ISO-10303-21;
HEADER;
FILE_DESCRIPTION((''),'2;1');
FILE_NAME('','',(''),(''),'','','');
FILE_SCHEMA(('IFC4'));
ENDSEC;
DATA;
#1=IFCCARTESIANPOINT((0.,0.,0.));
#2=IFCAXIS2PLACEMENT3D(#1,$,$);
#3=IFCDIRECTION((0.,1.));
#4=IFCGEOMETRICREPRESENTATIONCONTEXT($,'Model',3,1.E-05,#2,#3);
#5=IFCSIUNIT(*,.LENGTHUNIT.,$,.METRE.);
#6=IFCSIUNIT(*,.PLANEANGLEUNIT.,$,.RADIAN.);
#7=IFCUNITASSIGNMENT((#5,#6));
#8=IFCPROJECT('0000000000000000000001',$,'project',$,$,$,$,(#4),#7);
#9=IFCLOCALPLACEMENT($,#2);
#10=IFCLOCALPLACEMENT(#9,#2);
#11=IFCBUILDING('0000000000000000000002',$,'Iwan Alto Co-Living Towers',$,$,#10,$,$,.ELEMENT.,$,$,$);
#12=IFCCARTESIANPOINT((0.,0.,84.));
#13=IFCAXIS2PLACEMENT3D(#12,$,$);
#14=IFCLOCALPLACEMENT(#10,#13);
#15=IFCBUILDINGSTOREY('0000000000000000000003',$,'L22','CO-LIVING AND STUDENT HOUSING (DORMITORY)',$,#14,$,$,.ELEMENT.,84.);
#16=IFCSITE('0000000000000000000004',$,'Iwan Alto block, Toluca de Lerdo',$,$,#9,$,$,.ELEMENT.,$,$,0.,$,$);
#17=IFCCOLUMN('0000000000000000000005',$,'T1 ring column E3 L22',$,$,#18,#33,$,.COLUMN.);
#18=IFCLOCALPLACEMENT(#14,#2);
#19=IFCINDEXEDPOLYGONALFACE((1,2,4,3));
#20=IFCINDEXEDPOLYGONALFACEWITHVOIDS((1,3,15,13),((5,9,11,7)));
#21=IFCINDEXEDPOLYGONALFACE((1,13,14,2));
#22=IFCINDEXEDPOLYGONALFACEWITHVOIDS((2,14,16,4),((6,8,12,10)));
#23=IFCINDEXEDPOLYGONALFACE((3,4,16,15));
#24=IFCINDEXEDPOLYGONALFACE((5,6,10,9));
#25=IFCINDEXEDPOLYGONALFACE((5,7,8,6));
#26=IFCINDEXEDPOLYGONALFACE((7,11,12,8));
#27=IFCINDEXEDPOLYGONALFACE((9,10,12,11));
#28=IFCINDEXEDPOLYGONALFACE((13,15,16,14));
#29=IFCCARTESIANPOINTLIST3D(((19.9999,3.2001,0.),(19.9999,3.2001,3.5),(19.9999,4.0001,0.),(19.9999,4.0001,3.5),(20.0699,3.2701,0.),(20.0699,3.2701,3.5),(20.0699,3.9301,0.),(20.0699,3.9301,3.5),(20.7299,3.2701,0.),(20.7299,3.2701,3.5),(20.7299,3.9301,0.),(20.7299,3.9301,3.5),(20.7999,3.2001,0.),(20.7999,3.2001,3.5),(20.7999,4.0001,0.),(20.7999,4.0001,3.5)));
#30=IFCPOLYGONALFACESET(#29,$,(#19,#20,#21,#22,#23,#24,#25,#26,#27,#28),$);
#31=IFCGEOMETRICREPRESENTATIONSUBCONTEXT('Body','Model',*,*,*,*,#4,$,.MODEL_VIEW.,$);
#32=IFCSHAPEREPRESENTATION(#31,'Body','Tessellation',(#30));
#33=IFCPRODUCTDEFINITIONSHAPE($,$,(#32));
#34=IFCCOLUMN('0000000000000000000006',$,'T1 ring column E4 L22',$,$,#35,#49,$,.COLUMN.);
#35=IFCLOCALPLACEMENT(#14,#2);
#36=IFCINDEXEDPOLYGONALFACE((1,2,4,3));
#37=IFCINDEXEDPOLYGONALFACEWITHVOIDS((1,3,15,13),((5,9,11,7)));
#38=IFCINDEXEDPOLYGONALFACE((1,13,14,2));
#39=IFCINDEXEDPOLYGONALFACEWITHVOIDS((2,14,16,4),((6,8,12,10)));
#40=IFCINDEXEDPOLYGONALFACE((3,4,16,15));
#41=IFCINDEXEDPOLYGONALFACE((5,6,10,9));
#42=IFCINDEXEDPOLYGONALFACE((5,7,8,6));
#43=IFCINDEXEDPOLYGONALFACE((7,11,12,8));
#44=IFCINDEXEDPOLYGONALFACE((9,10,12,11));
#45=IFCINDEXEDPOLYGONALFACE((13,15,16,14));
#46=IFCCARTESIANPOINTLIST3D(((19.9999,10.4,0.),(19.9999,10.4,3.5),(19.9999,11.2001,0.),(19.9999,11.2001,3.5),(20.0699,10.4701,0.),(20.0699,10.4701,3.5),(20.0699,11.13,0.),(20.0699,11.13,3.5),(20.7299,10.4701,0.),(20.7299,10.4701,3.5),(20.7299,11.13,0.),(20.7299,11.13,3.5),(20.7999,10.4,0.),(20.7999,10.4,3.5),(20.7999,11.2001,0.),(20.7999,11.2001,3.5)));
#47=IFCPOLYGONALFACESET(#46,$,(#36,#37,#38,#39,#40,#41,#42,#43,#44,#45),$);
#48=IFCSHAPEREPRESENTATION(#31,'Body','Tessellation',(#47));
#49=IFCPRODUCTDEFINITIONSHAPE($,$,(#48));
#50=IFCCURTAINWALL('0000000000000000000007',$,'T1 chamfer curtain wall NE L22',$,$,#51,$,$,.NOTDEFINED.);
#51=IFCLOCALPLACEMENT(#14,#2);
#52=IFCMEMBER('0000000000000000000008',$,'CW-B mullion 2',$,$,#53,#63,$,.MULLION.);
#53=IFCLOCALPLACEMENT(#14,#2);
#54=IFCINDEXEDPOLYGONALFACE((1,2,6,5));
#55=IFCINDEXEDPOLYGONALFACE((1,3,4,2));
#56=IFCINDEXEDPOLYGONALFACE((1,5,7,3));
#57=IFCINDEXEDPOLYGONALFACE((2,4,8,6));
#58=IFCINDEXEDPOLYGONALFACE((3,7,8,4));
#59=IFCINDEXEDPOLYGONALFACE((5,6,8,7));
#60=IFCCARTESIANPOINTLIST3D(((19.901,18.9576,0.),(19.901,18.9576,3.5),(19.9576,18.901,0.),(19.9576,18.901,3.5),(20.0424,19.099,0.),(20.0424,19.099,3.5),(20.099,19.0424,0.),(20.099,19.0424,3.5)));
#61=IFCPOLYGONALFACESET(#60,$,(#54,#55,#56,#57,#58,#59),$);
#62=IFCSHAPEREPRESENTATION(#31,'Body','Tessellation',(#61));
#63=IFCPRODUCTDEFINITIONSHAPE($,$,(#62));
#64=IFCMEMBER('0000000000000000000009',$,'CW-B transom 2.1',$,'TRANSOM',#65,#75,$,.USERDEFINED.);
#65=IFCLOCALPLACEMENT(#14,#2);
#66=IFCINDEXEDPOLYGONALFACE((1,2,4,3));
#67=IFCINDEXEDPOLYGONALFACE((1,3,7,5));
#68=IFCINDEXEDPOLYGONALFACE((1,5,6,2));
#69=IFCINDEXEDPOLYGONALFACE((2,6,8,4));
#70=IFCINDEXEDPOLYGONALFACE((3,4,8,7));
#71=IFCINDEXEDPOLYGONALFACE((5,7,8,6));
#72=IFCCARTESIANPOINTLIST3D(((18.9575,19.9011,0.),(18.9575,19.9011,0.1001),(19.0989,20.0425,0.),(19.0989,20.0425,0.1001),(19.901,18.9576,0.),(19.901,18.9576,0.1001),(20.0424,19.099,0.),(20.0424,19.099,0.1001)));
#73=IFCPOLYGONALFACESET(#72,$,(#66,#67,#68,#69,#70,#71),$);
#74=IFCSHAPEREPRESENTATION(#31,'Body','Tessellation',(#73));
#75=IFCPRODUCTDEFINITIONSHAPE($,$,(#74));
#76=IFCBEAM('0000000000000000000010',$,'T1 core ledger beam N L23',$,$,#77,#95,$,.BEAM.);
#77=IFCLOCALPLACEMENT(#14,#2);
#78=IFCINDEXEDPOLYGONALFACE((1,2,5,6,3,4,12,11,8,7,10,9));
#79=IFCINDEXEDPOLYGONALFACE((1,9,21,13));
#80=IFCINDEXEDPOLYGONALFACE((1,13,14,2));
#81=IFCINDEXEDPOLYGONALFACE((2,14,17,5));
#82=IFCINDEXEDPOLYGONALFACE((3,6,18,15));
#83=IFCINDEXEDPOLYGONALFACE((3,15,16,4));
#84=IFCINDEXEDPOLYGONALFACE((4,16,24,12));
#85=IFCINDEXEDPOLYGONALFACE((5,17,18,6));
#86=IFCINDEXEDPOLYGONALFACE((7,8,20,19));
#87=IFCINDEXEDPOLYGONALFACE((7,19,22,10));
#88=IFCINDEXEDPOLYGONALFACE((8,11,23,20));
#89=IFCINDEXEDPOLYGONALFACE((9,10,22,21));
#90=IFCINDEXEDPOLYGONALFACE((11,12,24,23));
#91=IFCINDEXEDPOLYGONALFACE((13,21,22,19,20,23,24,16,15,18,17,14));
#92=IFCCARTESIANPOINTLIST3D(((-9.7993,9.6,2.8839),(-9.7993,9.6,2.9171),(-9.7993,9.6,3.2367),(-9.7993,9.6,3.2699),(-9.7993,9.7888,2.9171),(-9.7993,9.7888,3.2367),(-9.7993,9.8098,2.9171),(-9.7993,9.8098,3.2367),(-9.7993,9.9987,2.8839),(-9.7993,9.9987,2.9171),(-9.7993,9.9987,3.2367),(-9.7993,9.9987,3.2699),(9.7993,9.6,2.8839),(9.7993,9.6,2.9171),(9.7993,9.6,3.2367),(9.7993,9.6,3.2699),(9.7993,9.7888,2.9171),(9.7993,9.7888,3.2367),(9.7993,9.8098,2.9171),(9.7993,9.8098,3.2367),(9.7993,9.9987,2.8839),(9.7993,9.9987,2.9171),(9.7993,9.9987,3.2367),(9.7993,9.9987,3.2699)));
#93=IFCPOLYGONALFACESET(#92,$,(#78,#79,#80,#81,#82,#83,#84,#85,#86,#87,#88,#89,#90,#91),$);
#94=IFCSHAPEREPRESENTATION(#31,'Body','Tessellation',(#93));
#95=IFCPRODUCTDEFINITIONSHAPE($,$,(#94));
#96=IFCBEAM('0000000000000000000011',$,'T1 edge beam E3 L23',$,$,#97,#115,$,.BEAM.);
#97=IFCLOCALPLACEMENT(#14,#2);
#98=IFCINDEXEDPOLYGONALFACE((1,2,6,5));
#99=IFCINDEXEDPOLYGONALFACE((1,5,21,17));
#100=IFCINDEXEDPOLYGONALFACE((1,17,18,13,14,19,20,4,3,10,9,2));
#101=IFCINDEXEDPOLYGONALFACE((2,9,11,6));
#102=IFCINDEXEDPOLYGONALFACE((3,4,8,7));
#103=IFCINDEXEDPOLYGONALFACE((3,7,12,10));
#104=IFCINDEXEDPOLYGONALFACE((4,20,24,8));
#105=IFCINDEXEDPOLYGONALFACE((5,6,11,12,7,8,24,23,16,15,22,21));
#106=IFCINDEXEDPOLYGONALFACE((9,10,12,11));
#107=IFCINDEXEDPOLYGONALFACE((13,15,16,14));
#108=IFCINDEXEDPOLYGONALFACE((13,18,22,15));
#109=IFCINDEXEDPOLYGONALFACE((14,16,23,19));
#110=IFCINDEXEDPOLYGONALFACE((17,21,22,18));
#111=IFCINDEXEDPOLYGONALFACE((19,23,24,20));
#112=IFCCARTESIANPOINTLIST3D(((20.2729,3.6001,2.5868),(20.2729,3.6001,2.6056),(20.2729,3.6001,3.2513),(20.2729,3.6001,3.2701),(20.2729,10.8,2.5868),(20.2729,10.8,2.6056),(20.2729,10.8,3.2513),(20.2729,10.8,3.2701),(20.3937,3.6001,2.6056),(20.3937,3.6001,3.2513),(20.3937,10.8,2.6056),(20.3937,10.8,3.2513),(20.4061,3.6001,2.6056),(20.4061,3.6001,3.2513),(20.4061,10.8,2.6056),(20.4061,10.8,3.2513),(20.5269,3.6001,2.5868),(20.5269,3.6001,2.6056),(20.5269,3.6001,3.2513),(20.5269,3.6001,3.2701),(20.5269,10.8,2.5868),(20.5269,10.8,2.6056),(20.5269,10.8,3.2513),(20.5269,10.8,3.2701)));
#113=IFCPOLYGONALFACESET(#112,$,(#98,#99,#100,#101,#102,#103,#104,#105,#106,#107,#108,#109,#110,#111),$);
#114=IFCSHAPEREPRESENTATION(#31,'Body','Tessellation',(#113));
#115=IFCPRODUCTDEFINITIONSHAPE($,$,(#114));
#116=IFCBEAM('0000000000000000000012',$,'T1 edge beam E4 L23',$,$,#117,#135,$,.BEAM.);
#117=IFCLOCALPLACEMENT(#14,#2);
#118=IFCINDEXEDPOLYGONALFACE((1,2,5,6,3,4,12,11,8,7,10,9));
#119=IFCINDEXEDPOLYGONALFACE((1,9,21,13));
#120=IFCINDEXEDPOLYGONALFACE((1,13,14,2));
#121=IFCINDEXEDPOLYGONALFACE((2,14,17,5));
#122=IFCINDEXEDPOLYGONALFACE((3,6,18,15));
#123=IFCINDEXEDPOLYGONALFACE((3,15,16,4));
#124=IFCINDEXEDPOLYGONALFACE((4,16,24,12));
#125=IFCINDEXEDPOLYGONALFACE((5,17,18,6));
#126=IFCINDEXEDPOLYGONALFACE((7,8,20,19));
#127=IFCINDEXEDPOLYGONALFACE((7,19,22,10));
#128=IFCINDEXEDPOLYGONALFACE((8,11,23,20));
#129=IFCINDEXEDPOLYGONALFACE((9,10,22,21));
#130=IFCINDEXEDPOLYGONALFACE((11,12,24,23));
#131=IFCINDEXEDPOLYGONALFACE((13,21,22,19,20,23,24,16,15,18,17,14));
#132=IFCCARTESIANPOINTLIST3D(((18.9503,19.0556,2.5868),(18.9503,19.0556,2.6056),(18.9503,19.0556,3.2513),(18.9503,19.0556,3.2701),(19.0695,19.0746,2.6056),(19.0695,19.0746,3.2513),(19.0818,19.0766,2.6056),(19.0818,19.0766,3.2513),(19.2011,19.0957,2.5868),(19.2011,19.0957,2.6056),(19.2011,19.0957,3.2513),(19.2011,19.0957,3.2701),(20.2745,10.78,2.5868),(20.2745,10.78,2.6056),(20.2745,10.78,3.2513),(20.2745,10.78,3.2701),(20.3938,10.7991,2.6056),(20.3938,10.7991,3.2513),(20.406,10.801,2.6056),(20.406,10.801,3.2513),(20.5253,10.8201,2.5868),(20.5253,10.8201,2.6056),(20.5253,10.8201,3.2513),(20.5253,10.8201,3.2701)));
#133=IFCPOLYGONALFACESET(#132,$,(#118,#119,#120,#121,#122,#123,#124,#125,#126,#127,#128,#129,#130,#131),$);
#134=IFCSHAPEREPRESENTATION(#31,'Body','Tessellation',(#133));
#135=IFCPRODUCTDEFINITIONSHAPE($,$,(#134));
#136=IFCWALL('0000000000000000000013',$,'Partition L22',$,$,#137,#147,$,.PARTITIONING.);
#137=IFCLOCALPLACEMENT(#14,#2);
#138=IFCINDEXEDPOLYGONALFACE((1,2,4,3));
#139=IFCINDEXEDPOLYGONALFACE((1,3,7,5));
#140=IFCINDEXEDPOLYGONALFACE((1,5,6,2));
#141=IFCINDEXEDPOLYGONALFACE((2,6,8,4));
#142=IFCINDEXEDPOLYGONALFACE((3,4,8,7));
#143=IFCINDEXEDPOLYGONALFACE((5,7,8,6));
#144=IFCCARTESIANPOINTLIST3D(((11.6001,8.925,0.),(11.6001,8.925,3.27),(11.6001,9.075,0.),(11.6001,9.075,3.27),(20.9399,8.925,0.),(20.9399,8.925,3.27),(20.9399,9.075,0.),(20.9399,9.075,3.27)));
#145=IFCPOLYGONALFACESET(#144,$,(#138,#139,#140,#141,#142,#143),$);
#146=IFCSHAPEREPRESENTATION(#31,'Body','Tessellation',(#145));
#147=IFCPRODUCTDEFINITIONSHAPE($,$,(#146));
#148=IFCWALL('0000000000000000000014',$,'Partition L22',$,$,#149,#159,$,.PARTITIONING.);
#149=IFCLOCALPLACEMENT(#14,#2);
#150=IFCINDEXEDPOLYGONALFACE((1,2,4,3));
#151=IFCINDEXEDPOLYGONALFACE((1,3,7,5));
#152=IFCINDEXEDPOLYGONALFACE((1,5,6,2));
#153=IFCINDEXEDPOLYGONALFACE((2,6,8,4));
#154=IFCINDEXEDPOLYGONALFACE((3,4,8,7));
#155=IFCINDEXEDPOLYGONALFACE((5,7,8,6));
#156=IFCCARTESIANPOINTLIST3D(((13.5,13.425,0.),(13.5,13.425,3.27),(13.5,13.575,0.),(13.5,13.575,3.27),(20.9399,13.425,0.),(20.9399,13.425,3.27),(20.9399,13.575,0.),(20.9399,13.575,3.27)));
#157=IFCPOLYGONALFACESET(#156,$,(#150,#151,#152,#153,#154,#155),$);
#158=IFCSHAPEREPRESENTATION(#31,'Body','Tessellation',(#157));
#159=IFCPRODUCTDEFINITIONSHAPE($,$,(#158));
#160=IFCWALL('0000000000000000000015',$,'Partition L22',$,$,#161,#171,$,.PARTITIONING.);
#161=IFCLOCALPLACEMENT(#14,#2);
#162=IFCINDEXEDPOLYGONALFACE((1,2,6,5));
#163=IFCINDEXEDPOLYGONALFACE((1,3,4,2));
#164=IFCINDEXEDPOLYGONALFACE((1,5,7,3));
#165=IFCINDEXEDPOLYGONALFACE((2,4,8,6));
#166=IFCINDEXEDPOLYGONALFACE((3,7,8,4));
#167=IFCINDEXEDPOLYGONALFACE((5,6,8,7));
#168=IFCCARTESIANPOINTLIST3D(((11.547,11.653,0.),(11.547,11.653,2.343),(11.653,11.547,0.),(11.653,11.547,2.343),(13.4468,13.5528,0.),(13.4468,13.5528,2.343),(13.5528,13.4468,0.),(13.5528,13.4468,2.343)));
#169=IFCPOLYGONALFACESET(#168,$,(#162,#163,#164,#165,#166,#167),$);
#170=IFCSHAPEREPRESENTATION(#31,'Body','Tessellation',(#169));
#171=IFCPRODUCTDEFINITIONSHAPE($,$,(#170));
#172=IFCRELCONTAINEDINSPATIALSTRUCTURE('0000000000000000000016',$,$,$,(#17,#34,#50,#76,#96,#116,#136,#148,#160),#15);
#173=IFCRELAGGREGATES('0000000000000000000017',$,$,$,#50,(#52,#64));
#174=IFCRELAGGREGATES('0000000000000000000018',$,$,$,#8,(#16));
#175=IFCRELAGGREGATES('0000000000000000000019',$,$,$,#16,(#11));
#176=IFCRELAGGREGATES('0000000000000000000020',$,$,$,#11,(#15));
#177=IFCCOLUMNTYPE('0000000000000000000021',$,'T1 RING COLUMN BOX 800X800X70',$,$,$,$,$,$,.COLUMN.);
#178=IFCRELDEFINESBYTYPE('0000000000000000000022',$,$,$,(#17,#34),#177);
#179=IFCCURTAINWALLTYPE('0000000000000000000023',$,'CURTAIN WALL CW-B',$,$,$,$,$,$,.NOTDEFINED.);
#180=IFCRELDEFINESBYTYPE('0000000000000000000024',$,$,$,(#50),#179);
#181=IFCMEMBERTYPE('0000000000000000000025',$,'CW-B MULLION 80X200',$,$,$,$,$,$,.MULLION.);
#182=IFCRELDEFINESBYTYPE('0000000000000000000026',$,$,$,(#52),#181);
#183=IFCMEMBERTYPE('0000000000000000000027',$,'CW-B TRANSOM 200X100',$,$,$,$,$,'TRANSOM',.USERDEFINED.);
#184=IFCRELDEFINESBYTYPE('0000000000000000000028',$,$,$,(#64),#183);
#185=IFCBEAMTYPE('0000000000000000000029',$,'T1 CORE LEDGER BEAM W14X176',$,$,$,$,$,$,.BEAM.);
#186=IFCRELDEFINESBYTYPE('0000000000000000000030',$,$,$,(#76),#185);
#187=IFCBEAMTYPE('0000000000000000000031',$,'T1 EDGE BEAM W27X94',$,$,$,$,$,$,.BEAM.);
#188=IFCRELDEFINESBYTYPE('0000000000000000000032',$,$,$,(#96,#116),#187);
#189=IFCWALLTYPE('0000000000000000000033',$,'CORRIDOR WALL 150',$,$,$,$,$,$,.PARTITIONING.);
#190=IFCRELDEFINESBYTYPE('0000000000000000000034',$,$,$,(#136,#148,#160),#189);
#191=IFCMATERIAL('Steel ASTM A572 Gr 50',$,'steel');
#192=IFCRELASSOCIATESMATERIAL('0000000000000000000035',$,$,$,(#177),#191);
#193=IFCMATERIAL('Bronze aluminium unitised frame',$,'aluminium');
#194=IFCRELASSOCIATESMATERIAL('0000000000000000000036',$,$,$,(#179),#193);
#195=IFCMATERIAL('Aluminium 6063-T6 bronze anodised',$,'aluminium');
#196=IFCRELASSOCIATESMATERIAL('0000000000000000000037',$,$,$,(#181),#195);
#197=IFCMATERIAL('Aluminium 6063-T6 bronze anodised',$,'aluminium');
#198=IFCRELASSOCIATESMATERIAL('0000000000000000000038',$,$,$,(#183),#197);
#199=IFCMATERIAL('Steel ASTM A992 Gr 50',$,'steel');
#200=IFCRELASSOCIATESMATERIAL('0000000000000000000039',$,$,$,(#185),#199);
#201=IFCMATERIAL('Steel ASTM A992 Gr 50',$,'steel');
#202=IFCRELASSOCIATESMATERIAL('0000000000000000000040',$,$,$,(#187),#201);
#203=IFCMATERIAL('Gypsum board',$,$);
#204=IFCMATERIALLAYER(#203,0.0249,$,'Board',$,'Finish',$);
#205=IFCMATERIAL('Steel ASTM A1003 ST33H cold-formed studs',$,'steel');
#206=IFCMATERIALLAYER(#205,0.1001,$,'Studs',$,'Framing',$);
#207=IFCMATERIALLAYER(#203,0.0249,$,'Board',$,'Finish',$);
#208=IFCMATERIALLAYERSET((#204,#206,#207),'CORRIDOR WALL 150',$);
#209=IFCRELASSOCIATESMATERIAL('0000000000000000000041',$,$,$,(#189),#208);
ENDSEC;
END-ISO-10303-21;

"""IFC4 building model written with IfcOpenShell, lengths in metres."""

from ifc_helpers import new_model, si_unit, direction, frame, frame_2d, origin, origin_2d, place, context, subcontext, project, spatial, rectangle, hollow_rectangle, i_section, extrude, material, layer, layer_set, material_profile, profile_set, type_object, element, aggregate, save


model = new_model("IFC4")

# Units and contexts
model_context = context("Model", 3, precision=1e-05, world=origin(), true_north=direction((0.0, 1.0)))
body_context = subcontext(model_context, "Body", "Model", "MODEL_VIEW")
ifc_project = project(units=[si_unit("LENGTHUNIT", "METRE"), si_unit("PLANEANGLEUNIT", "RADIAN")], contexts=[model_context])

# Site, building, storey
site_placement = place(None, origin())
site = spatial("IfcSite", under=ifc_project, at=site_placement, Name="Iwan Alto block, Toluca de Lerdo", CompositionType="ELEMENT", RefElevation=0.0)
building_placement = place(site_placement, origin())
building = spatial("IfcBuilding", under=site, at=building_placement, Name="Iwan Alto Co-Living Towers", CompositionType="ELEMENT")
storey_placement = place(building_placement, frame((0.0, 0.0, 84.0)))
storey = spatial("IfcBuildingStorey", under=building, at=storey_placement, Name="L22", Description="CO-LIVING AND STUDENT HOUSING (DORMITORY)", CompositionType="ELEMENT", Elevation=84.0)

# Columns
ifc_material_1 = material(Name="Steel ASTM A572 Gr 50", Category="steel")
ifc_material_profile_1 = material_profile(ifc_material_1, hollow_rectangle(XDim=0.8, YDim=0.8, WallThickness=0.0701, at=origin_2d()), Name="BOX 800X800X70")
ifc_profile_set_1 = profile_set([ifc_material_profile_1], Name="Steel ASTM A572 Gr 50")
column_type = type_object("IfcColumnType", Name="T1 RING COLUMN BOX 800X800X70", PredefinedType="COLUMN", material=ifc_profile_set_1)
for number, where, z_axis, x_axis, name in (
    (1, (20.3999, 3.6001, 0.0), (0.0, 0.0, 1.0), (1.0, 0.0, 0.0), "T1 ring column E3 L22"),
    (2, (20.3999, 10.8, 0.0), (0.0, 0.0, 1.0), (1.0, 0.0, 0.0), "T1 ring column E4 L22"),
):
    element("IfcColumn", number, at=place(storey_placement, frame(where, z_axis=z_axis, x_axis=x_axis)), inside=storey, type_object=column_type, Name=name, PredefinedType="COLUMN", context=body_context, shape_type="SweptSolid", body=[
        extrude(hollow_rectangle(XDim=0.8, YDim=0.8, WallThickness=0.0701, at=origin_2d()), origin(), (0.0, 0.0, 1.0), 3.5),
    ])

# Curtain wall, members
ifc_material_2 = material(Name="Bronze aluminium unitised frame", Category="aluminium")
curtain_wall_type = type_object("IfcCurtainWallType", Name="CURTAIN WALL CW-B", PredefinedType="NOTDEFINED", material=ifc_material_2)
curtain_wall_placement = place(storey_placement, origin())
curtain_wall = element("IfcCurtainWall", 3, at=curtain_wall_placement, inside=storey, type_object=curtain_wall_type, Name="T1 chamfer curtain wall NE L22", PredefinedType="NOTDEFINED")
ifc_material_3 = material(Name="Aluminium 6063-T6 bronze anodised", Category="aluminium")
ifc_material_profile_2 = material_profile(ifc_material_3, rectangle(XDim=0.2, YDim=0.0801, at=origin_2d()), Name="AL 80X200")
ifc_profile_set_2 = profile_set([ifc_material_profile_2], Name="Aluminium 6063-T6 bronze anodised")
member_type_1 = type_object("IfcMemberType", Name="CW-B MULLION 80X200", PredefinedType="MULLION", material=ifc_profile_set_2)
member_1_placement = place(storey_placement, frame((20.0, 19.0, 0.0), z_axis=(0.0, 0.0, 1.0), x_axis=(-0.707107, -0.707107, 0.0)))
member_1 = element("IfcMember", 4, at=member_1_placement, type_object=member_type_1, Name="CW-B mullion 2", PredefinedType="MULLION", context=body_context, shape_type="SweptSolid", body=[
    extrude(rectangle(XDim=0.2, YDim=0.0801, at=origin_2d()), origin(), (0.0, 0.0, 1.0), 3.5),
])
ifc_material_4 = material(Name="Aluminium 6063-T6 bronze anodised", Category="aluminium")
ifc_material_profile_3 = material_profile(ifc_material_4, rectangle(XDim=0.2, YDim=0.1001, at=origin_2d()), Name="AL 200X100")
ifc_profile_set_3 = profile_set([ifc_material_profile_3], Name="Aluminium 6063-T6 bronze anodised")
member_type_2 = type_object("IfcMemberType", Name="CW-B TRANSOM 200X100", ElementType="TRANSOM", PredefinedType="USERDEFINED", material=ifc_profile_set_3)
member_2_placement = place(storey_placement, frame((19.9717, 19.0283, 0.05), z_axis=(-0.707107, 0.707107, 0.0), x_axis=(-0.707107, -0.707107, 0.0)))
member_2 = element("IfcMember", 5, at=member_2_placement, type_object=member_type_2, Name="CW-B transom 2.1", ObjectType="TRANSOM", PredefinedType="USERDEFINED", context=body_context, shape_type="SweptSolid", body=[
    extrude(rectangle(XDim=0.2, YDim=0.1001, at=origin_2d()), origin(), (0.0, 0.0, 1.0), 1.3342),
])
aggregate(curtain_wall, [member_1, member_2])

# Beams
ifc_material_5 = material(Name="Steel ASTM A992 Gr 50", Category="steel")
ifc_material_profile_4 = material_profile(ifc_material_5, i_section(OverallWidth=0.3987, OverallDepth=0.386, WebThickness=0.021, FlangeThickness=0.0332, at=origin_2d()), Name="W14X176")
ifc_profile_set_4 = profile_set([ifc_material_profile_4], Name="Steel ASTM A992 Gr 50")
beam_type_1 = type_object("IfcBeamType", Name="T1 CORE LEDGER BEAM W14X176", PredefinedType="BEAM", material=ifc_profile_set_4)
beam_1_placement = place(storey_placement, frame((9.7993, 9.7993, 3.0769), z_axis=(-1.0, 0.0, 0.0), x_axis=(0.0, -1.0, 0.0)))
element("IfcBeam", 6, at=beam_1_placement, inside=storey, type_object=beam_type_1, Name="T1 core ledger beam N L23", PredefinedType="BEAM", context=body_context, shape_type="SweptSolid", body=[
    extrude(i_section(OverallWidth=0.3987, OverallDepth=0.386, WebThickness=0.021, FlangeThickness=0.0332, at=origin_2d()), origin(), (0.0, 0.0, 1.0), 19.5986),
])
ifc_material_6 = material(Name="Steel ASTM A992 Gr 50", Category="steel")
ifc_material_profile_5 = material_profile(ifc_material_6, i_section(OverallWidth=0.2539, OverallDepth=0.6833, WebThickness=0.0125, FlangeThickness=0.0188, at=origin_2d()), Name="W27X94")
ifc_profile_set_5 = profile_set([ifc_material_profile_5], Name="Steel ASTM A992 Gr 50")
beam_type_2 = type_object("IfcBeamType", Name="T1 EDGE BEAM W27X94", PredefinedType="BEAM", material=ifc_profile_set_5)
beam_2_placement = place(storey_placement, frame((20.3999, 3.6001, 2.9285), z_axis=(0.0, 1.0, 0.0), x_axis=(-1.0, 0.0, 0.0)))
element("IfcBeam", 7, at=beam_2_placement, inside=storey, type_object=beam_type_2, Name="T1 edge beam E3 L23", PredefinedType="BEAM", context=body_context, shape_type="SweptSolid", body=[
    extrude(i_section(OverallWidth=0.2539, OverallDepth=0.6833, WebThickness=0.0125, FlangeThickness=0.0188, at=origin_2d()), origin(), (0.0, 0.0, 1.0), 7.2),
])
beam_3_placement = place(storey_placement, frame((20.3999, 10.8, 2.9285), z_axis=(-0.158004, 0.987438, 0.0), x_axis=(-0.987438, -0.158004, 0.0)))
element("IfcBeam", 8, at=beam_3_placement, inside=storey, type_object=beam_type_2, Name="T1 edge beam E4 L23", PredefinedType="BEAM", context=body_context, shape_type="SweptSolid", body=[
    extrude(i_section(OverallWidth=0.2539, OverallDepth=0.6833, WebThickness=0.0125, FlangeThickness=0.0188, at=origin_2d()), origin(), (0.0, 0.0, 1.0), 8.3809),
])

# Walls
ifc_material_7 = material(Name="Gypsum board")
ifc_layer_1 = layer(ifc_material_7, 0.0249, Name="Board", Category="Finish")
ifc_material_8 = material(Name="Steel ASTM A1003 ST33H cold-formed studs", Category="steel")
ifc_layer_2 = layer(ifc_material_8, 0.1001, Name="Studs", Category="Framing")
ifc_layer_3 = layer(ifc_material_7, 0.0249, Name="Board", Category="Finish")
ifc_layer_set_1 = layer_set([ifc_layer_1, ifc_layer_2, ifc_layer_3], Name="CORRIDOR WALL 150")
wall_type_1 = type_object("IfcWallType", Name="CORRIDOR WALL 150", PredefinedType="PARTITIONING", material=ifc_layer_set_1)
wall_1_placement = place(storey_placement, frame((11.6001, 9.0, 0.0), z_axis=(0.0, 0.0, 1.0), x_axis=(1.0, 0.0, 0.0)))
element("IfcWall", 9, at=wall_1_placement, inside=storey, type_object=wall_type_1, Name="Partition L22", PredefinedType="PARTITIONING", context=body_context, shape_type="SweptSolid", body=[
    extrude(rectangle(XDim=9.3398, YDim=0.1499, at=frame_2d((4.6699, 0.0))), origin(), (0.0, 0.0, 1.0), 3.27),
])
wall_2_placement = place(storey_placement, frame((13.5, 13.5, 0.0), z_axis=(0.0, 0.0, 1.0), x_axis=(1.0, 0.0, 0.0)))
element("IfcWall", 10, at=wall_2_placement, inside=storey, type_object=wall_type_1, Name="Partition L22", PredefinedType="PARTITIONING", context=body_context, shape_type="SweptSolid", body=[
    extrude(rectangle(XDim=7.4399, YDim=0.1499, at=frame_2d((3.72, 0.0))), origin(), (0.0, 0.0, 1.0), 3.27),
])
wall_3_placement = place(storey_placement, frame((11.6001, 11.6001, 0.0), z_axis=(0.0, 0.0, 1.0), x_axis=(0.707107, 0.707107, 0.0)))
element("IfcWall", 11, at=wall_3_placement, inside=storey, type_object=wall_type_1, Name="Partition L22", PredefinedType="PARTITIONING", context=body_context, shape_type="SweptSolid", body=[
    extrude(rectangle(XDim=2.6868, YDim=0.1499, at=frame_2d((1.3433, 0.0))), origin(), (0.0, 0.0, 1.0), 2.343),
])

save(model, "model.ifc")
